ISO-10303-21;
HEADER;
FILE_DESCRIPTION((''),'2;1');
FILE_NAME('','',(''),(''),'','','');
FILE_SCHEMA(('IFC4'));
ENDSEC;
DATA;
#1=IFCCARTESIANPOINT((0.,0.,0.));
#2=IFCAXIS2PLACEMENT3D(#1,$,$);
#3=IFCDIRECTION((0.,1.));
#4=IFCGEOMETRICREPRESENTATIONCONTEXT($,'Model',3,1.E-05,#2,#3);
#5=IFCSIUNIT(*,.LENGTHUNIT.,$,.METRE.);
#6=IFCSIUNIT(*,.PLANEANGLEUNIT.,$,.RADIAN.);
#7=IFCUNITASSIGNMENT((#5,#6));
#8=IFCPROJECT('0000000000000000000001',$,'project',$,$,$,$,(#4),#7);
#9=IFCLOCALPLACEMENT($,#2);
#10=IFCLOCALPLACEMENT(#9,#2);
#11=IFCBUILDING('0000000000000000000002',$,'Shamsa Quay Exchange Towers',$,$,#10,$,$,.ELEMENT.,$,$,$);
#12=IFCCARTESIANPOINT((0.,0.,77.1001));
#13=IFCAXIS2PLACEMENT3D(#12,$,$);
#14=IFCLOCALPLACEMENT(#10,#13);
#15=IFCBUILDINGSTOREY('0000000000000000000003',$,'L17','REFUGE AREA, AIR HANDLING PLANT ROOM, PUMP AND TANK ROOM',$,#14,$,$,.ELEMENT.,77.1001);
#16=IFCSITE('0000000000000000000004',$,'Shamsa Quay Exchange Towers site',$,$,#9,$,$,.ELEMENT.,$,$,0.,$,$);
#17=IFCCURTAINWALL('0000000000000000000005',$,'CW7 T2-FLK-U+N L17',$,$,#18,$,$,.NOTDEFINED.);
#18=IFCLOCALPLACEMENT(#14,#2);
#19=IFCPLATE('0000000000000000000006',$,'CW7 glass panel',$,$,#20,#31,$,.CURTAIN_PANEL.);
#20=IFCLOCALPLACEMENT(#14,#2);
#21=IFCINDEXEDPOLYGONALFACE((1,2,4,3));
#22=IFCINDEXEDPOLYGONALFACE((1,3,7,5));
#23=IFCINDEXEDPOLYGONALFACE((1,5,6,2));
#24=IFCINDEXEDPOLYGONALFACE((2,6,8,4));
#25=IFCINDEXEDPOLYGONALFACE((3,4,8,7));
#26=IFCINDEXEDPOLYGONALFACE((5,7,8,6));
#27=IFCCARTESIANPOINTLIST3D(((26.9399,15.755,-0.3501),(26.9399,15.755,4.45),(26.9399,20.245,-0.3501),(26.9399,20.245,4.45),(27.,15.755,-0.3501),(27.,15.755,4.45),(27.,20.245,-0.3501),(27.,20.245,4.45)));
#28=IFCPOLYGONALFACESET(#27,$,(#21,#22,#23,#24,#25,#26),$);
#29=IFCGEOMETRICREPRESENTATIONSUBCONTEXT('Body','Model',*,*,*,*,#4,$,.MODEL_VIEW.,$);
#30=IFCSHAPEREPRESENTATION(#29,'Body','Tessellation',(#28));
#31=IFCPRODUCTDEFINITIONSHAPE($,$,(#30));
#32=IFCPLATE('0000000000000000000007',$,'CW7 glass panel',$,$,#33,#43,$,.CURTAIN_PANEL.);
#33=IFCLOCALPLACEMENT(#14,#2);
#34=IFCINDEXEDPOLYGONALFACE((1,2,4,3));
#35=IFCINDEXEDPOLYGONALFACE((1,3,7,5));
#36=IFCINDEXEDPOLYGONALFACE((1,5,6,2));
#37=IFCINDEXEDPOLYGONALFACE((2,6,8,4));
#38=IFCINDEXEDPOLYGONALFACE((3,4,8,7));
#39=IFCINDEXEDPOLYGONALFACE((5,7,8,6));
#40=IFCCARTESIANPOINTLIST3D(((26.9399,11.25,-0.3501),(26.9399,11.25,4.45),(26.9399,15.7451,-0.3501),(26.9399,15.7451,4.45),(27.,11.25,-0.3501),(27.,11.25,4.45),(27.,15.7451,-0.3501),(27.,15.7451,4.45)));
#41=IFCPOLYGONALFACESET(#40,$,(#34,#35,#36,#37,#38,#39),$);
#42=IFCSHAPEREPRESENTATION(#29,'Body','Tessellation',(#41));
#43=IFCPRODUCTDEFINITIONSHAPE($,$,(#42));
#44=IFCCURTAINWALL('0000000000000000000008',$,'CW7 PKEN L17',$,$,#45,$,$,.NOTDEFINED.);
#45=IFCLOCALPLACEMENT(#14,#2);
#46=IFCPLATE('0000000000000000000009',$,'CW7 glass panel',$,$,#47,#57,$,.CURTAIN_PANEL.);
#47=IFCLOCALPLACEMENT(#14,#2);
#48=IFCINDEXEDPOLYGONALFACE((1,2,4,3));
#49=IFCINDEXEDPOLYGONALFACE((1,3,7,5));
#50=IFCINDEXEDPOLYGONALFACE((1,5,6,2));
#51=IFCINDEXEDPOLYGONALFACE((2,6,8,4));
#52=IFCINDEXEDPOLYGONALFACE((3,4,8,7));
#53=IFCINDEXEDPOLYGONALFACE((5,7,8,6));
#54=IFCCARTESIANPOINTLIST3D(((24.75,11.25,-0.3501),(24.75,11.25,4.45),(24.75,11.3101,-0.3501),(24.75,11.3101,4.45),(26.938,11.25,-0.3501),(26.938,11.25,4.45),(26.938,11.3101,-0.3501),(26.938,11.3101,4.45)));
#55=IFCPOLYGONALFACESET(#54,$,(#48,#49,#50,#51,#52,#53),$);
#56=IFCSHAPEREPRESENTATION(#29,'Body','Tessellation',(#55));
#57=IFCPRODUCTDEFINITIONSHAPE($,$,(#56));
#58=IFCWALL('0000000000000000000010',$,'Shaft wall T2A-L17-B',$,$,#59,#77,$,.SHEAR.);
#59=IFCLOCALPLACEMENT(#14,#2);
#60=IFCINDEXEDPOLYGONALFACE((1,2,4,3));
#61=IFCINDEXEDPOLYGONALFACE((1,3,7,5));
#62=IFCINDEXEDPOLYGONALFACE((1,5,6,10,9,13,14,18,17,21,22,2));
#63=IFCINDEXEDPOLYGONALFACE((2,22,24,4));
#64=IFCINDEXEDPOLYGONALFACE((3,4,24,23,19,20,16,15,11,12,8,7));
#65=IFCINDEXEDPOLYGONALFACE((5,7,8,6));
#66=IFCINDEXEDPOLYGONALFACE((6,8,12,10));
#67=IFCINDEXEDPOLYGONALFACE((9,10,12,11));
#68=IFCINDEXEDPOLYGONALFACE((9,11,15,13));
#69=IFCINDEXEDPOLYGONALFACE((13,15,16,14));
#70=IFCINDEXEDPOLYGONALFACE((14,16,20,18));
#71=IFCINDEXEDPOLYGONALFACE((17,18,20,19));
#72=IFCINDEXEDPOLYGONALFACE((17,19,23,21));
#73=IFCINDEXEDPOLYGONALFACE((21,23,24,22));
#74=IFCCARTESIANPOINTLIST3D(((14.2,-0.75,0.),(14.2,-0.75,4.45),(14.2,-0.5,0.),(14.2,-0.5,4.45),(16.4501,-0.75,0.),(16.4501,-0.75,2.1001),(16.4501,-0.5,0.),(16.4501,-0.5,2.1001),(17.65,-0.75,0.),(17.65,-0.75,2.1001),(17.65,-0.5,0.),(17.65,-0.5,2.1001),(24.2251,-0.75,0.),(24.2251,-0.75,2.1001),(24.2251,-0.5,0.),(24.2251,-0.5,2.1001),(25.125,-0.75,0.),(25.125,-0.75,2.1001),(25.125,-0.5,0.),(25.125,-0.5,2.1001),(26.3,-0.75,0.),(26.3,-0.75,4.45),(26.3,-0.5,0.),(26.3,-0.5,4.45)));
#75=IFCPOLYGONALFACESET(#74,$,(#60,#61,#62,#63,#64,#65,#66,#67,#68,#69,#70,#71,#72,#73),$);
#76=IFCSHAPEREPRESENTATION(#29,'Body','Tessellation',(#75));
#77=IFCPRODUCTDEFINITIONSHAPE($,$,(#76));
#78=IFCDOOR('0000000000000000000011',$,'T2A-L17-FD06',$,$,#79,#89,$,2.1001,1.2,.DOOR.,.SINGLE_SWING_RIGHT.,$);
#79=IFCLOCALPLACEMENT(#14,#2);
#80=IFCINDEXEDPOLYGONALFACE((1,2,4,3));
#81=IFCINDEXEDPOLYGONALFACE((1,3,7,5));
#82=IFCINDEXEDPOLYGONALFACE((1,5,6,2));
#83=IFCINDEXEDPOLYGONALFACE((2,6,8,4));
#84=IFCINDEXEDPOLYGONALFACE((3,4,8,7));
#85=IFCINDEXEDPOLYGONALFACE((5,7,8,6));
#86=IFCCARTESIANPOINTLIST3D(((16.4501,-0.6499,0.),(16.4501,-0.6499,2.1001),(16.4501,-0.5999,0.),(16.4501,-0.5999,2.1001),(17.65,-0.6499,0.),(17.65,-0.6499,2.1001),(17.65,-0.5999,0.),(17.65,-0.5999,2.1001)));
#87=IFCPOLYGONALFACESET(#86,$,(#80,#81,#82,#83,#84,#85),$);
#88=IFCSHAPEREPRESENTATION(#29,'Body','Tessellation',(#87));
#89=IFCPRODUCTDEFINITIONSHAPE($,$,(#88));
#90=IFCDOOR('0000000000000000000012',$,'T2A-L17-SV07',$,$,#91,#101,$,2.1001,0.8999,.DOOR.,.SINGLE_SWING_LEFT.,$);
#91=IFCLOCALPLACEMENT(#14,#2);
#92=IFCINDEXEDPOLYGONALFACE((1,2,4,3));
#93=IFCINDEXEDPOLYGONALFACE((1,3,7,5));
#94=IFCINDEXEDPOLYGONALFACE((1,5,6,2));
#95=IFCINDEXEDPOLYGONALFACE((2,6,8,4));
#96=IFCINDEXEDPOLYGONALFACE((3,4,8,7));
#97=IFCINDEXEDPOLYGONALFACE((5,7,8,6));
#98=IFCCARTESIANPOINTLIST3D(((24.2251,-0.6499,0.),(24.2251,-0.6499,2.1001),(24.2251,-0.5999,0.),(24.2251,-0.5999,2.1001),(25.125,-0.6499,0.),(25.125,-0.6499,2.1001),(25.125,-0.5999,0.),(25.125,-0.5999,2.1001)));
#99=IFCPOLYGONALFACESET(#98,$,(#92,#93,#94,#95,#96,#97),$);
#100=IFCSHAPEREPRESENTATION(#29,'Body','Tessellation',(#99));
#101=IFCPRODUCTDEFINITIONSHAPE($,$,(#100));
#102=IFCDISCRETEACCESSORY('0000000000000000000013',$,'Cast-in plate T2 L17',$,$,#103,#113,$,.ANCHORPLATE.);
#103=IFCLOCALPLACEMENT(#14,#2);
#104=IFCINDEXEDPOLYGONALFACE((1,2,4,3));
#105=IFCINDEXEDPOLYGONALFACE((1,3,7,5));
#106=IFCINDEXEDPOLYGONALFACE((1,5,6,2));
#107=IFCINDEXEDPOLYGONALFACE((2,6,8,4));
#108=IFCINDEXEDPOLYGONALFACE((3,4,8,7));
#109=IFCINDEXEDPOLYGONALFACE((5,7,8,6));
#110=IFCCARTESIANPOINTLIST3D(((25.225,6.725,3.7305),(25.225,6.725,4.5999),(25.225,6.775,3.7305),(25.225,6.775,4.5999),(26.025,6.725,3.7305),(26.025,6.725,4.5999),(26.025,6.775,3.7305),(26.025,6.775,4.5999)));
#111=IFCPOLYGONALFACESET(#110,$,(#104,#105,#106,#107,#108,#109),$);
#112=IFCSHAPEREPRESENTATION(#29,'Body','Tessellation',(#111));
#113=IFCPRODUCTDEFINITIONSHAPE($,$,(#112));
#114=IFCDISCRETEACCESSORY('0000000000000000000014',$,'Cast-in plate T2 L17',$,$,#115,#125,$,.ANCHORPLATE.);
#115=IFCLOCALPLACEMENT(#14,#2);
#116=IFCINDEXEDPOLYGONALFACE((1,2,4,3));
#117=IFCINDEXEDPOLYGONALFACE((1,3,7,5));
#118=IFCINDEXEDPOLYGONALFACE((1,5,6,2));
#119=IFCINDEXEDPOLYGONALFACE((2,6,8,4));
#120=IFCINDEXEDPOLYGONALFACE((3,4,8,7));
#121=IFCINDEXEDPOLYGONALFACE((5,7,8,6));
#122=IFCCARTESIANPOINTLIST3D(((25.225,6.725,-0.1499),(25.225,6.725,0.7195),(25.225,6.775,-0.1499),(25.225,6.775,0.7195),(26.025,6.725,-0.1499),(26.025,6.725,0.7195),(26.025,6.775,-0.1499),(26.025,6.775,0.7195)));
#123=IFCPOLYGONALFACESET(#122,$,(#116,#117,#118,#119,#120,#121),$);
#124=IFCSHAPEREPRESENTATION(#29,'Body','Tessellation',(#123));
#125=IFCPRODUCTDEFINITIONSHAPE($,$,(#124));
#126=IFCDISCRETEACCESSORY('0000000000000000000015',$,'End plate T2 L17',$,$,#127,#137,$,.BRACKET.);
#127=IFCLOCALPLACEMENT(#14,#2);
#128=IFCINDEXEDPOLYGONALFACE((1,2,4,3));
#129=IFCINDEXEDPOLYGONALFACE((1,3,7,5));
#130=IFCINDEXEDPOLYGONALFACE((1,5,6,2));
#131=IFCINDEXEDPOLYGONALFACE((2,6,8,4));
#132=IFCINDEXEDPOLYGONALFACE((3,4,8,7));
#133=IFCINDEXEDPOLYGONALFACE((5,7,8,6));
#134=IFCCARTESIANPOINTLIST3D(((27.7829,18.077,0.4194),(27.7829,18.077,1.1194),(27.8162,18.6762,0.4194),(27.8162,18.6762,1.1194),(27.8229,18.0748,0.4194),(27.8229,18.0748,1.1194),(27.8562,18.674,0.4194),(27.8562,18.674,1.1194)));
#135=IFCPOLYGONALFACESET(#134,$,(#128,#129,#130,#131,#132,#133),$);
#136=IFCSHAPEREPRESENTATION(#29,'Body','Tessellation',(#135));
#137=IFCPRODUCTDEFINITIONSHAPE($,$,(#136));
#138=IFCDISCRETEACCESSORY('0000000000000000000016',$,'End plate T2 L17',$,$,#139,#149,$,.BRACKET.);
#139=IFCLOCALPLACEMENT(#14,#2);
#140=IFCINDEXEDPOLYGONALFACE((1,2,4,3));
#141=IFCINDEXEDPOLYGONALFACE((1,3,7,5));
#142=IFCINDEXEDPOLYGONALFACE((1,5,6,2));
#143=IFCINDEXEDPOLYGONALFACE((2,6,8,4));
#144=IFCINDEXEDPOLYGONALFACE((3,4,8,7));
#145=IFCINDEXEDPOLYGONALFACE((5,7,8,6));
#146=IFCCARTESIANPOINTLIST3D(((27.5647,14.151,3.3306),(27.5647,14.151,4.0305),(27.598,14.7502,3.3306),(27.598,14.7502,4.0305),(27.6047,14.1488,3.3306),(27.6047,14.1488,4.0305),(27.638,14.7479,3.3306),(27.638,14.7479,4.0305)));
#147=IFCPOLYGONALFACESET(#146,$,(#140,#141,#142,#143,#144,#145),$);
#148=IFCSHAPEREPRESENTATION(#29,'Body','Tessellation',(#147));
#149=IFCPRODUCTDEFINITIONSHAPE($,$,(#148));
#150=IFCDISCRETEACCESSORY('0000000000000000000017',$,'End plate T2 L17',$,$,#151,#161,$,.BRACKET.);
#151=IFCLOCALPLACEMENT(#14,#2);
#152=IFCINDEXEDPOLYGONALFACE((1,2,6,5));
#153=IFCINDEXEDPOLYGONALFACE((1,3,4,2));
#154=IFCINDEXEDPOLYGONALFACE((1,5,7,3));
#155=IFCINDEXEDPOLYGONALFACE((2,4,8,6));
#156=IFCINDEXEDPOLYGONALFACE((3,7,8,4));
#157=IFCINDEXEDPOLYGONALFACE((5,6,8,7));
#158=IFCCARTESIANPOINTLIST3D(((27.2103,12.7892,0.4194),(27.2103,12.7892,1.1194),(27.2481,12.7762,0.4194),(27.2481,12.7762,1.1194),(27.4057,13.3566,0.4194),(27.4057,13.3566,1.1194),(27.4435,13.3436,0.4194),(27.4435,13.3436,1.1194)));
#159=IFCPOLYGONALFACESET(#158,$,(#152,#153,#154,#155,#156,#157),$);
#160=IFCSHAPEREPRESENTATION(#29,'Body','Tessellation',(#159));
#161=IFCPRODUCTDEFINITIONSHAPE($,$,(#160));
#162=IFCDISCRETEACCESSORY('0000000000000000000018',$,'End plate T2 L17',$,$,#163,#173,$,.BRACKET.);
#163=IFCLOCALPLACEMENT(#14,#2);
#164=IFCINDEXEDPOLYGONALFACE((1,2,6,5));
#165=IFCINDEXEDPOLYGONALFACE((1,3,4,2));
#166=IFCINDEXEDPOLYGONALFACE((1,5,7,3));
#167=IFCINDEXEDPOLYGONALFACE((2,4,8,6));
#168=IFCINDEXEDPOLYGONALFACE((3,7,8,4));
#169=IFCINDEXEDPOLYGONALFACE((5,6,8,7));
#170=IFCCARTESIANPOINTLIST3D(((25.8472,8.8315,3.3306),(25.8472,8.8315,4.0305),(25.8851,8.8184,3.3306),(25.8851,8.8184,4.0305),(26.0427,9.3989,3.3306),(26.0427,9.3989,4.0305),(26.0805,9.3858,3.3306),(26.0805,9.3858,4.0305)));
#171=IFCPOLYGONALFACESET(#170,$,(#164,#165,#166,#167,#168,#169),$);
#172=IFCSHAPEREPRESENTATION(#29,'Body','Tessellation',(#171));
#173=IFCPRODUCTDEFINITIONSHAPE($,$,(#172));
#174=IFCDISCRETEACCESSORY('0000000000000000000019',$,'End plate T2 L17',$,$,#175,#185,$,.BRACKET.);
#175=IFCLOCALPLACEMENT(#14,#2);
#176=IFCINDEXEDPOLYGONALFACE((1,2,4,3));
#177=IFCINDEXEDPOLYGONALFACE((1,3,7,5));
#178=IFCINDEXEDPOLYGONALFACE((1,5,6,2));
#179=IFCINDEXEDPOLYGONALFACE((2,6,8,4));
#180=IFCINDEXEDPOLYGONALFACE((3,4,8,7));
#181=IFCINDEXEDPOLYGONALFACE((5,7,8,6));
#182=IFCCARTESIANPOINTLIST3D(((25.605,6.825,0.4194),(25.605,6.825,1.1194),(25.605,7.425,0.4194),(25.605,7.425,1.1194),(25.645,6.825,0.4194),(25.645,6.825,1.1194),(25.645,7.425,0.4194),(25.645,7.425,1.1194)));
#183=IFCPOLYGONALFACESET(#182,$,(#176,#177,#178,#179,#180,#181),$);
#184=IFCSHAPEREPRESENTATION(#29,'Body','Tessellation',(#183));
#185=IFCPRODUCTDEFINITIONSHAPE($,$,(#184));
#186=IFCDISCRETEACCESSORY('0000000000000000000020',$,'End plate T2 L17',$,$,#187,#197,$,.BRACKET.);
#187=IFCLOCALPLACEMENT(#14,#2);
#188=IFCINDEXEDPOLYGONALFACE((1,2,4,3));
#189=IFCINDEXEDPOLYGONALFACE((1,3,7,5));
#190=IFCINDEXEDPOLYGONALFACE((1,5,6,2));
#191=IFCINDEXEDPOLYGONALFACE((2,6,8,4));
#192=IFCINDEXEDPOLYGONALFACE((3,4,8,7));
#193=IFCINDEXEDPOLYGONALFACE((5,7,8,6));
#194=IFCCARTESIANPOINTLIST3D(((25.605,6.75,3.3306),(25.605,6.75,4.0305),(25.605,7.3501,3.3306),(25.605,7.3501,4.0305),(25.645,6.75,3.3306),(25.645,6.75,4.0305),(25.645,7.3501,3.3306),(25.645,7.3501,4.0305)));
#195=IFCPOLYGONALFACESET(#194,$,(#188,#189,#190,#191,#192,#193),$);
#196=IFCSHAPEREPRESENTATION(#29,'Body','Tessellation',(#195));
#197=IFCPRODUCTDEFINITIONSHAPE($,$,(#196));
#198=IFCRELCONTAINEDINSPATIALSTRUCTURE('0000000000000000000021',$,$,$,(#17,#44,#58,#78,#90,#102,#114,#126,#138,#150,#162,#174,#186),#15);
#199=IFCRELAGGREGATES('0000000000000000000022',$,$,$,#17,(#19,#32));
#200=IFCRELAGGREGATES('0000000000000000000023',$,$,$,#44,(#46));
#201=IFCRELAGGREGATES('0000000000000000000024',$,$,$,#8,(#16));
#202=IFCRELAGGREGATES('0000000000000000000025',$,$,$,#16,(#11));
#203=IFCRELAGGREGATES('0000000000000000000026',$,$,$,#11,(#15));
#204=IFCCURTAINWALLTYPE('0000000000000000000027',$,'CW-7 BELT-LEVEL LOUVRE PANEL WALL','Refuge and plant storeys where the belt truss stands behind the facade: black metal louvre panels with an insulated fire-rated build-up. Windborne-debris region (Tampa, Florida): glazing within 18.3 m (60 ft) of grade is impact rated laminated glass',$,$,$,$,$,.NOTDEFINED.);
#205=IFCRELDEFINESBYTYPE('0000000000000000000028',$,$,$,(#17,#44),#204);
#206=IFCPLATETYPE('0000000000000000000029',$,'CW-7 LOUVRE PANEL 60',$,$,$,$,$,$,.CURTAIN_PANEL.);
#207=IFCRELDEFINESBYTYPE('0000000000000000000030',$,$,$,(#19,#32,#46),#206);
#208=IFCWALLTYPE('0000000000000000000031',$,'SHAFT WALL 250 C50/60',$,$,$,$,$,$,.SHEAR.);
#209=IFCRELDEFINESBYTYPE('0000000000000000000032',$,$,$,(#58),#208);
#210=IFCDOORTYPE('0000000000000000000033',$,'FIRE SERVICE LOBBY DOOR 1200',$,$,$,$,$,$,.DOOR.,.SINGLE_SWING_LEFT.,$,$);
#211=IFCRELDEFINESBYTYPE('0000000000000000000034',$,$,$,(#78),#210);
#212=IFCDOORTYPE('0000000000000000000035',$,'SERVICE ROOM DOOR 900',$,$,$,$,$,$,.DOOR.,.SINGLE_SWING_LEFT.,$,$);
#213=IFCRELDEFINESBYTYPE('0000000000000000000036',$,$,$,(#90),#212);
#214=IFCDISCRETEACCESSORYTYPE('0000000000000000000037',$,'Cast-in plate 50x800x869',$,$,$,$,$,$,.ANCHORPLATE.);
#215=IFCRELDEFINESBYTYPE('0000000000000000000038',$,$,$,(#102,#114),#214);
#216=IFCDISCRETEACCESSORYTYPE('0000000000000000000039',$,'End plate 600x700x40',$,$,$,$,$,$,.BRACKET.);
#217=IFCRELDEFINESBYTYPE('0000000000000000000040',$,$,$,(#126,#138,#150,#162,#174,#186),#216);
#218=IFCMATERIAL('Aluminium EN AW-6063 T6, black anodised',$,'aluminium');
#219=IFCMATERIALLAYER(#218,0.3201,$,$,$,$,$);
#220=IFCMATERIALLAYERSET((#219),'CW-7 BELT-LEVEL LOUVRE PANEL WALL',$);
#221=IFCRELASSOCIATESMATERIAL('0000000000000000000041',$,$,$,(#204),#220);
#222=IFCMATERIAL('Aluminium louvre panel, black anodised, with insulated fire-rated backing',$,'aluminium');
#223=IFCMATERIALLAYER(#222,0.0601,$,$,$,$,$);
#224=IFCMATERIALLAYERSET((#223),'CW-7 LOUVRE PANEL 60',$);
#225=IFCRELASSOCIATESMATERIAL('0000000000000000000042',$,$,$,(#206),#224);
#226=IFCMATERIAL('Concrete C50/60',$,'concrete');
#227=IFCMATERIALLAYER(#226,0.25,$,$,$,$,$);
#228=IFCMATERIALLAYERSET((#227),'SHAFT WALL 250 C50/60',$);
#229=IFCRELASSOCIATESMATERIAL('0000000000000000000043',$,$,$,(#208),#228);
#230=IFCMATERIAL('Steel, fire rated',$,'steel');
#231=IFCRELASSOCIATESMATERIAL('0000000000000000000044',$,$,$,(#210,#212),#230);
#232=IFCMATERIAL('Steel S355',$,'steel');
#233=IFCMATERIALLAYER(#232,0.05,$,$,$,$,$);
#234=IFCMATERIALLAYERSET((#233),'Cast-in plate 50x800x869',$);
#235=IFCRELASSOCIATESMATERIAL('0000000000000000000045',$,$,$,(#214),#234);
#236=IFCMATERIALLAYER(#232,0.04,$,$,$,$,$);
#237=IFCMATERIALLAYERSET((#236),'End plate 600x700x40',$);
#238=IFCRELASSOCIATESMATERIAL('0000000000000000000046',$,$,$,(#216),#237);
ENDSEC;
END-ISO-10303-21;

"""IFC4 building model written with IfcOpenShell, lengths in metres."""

from ifc_helpers import new_model, si_unit, direction, frame, frame_2d, origin, origin_2d, place, context, subcontext, project, spatial, rectangle, extrude, material, layer, layer_set, type_object, element, fill, aggregate, save


model = new_model("IFC4")

# Units and contexts
model_context = context("Model", 3, precision=1e-05, world=origin(), true_north=direction((0.0, 1.0)))
body_context = subcontext(model_context, "Body", "Model", "MODEL_VIEW")
ifc_project = project(units=[si_unit("LENGTHUNIT", "METRE"), si_unit("PLANEANGLEUNIT", "RADIAN")], contexts=[model_context])

# Site, building, storey
site_placement = place(None, origin())
site = spatial("IfcSite", under=ifc_project, at=site_placement, Name="Shamsa Quay Exchange Towers site", CompositionType="ELEMENT", RefElevation=0.0)
building_placement = place(site_placement, origin())
building = spatial("IfcBuilding", under=site, at=building_placement, Name="Shamsa Quay Exchange Towers", CompositionType="ELEMENT")
storey_placement = place(building_placement, frame((0.0, 0.0, 77.1001)))
storey = spatial("IfcBuildingStorey", under=building, at=storey_placement, Name="L17", Description="REFUGE AREA, AIR HANDLING PLANT ROOM, PUMP AND TANK ROOM", CompositionType="ELEMENT", Elevation=77.1001)

# Shared definitions
ifc_material_1 = material(Name="Steel S355", Category="steel")

# Curtain wall, plates
ifc_material_2 = material(Name="Aluminium EN AW-6063 T6, black anodised", Category="aluminium")
ifc_layer_1 = layer(ifc_material_2, 0.3201)
ifc_layer_set_1 = layer_set([ifc_layer_1], Name="CW-7 BELT-LEVEL LOUVRE PANEL WALL")
curtain_wall_type = type_object("IfcCurtainWallType", Name="CW-7 BELT-LEVEL LOUVRE PANEL WALL", Description="Refuge and plant storeys where the belt truss stands behind the facade: black metal louvre panels with an insulated fire-rated build-up. Windborne-debris region (Tampa, Florida): glazing within 18.3 m (60 ft) of grade is impact rated laminated glass", PredefinedType="NOTDEFINED", material=ifc_layer_set_1)
curtain_wall_1_placement = place(storey_placement, origin())
curtain_wall_1 = element("IfcCurtainWall", 1, at=curtain_wall_1_placement, inside=storey, type_object=curtain_wall_type, Name="CW7 T2-FLK-U+N L17", PredefinedType="NOTDEFINED")
ifc_material_3 = material(Name="Aluminium louvre panel, black anodised, with insulated fire-rated backing", Category="aluminium")
ifc_layer_2 = layer(ifc_material_3, 0.0601)
ifc_layer_set_2 = layer_set([ifc_layer_2], Name="CW-7 LOUVRE PANEL 60")
plate_type = type_object("IfcPlateType", Name="CW-7 LOUVRE PANEL 60", PredefinedType="CURTAIN_PANEL", material=ifc_layer_set_2)
plate_1_placement = place(storey_placement, frame((26.97, 18.0, -0.3501), z_axis=(0.0, 0.0, 1.0), x_axis=(0.0, -1.0, 0.0)))
plate_1 = element("IfcPlate", 2, at=plate_1_placement, type_object=plate_type, Name="CW7 glass panel", PredefinedType="CURTAIN_PANEL", context=body_context, shape_type="SweptSolid", body=[
    extrude(rectangle(XDim=4.49, YDim=0.0601, at=origin_2d()), origin(), (0.0, 0.0, 1.0), 4.8),
])
plate_2_placement = place(storey_placement, frame((26.97, 13.4976, -0.3501), z_axis=(0.0, 0.0, 1.0), x_axis=(0.0, -1.0, 0.0)))
plate_2 = element("IfcPlate", 3, at=plate_2_placement, type_object=plate_type, Name="CW7 glass panel", PredefinedType="CURTAIN_PANEL", context=body_context, shape_type="SweptSolid", body=[
    extrude(rectangle(XDim=4.4951, YDim=0.0601, at=origin_2d()), origin(), (0.0, 0.0, 1.0), 4.8),
])
aggregate(curtain_wall_1, [plate_1, plate_2])

# Curtain wall, plate
curtain_wall_2_placement = place(storey_placement, origin())
curtain_wall_2 = element("IfcCurtainWall", 4, at=curtain_wall_2_placement, inside=storey, type_object=curtain_wall_type, Name="CW7 PKEN L17", PredefinedType="NOTDEFINED")
plate_3_placement = place(storey_placement, frame((25.844, 11.28, -0.3501), z_axis=(0.0, 0.0, 1.0), x_axis=(-1.0, 0.0, 0.0)))
plate_3 = element("IfcPlate", 5, at=plate_3_placement, type_object=plate_type, Name="CW7 glass panel", PredefinedType="CURTAIN_PANEL", context=body_context, shape_type="SweptSolid", body=[
    extrude(rectangle(XDim=2.188, YDim=0.0601, at=origin_2d()), origin(), (0.0, 0.0, 1.0), 4.8),
])
aggregate(curtain_wall_2, [plate_3])

# Shared definitions
ifc_material_4 = material(Name="Steel, fire rated", Category="steel")

# Wall, openings, doors
ifc_material_5 = material(Name="Concrete C50/60", Category="concrete")
ifc_layer_3 = layer(ifc_material_5, 0.25)
ifc_layer_set_3 = layer_set([ifc_layer_3], Name="SHAFT WALL 250 C50/60")
wall_type_1 = type_object("IfcWallType", Name="SHAFT WALL 250 C50/60", PredefinedType="SHEAR", material=ifc_layer_set_3)
wall_1_placement = place(storey_placement, frame((26.3, -0.625, 0.0), z_axis=(0.0, 0.0, 1.0), x_axis=(-1.0, 0.0, 0.0)))
wall_1 = element("IfcWall", 6, at=wall_1_placement, inside=storey, type_object=wall_type_1, Name="Shaft wall T2A-L17-B", PredefinedType="SHEAR", context=body_context, shape_type="SweptSolid", body=[
    extrude(rectangle(XDim=12.1001, YDim=0.25, at=frame_2d((6.05, 0.0))), origin(), (0.0, 0.0, 1.0), 4.45),
])
opening_1_placement = place(wall_1_placement, frame((8.6499, 0.0, 0.0)))
opening_1 = element("IfcOpeningElement", 7, at=opening_1_placement, cuts=wall_1, PredefinedType="OPENING", context=body_context, shape_type="SweptSolid", body=[
    extrude(rectangle(XDim=1.2, YDim=2.1001, at=frame_2d((0.6001, 1.05))), frame((0.0, 0.135, 0.0), z_axis=(0.0, -1.0, 0.0), x_axis=(1.0, 0.0, 0.0)), (0.0, 0.0, 1.0), 0.27),
])
opening_2_placement = place(wall_1_placement, frame((1.175, 0.0, 0.0)))
opening_2 = element("IfcOpeningElement", 8, at=opening_2_placement, cuts=wall_1, PredefinedType="OPENING", context=body_context, shape_type="SweptSolid", body=[
    extrude(rectangle(XDim=0.8999, YDim=2.1001, at=frame_2d((0.45, 1.05))), frame((0.0, 0.135, 0.0), z_axis=(0.0, -1.0, 0.0), x_axis=(1.0, 0.0, 0.0)), (0.0, 0.0, 1.0), 0.27),
])
door_type_1 = type_object("IfcDoorType", Name="FIRE SERVICE LOBBY DOOR 1200", OperationType="SINGLE_SWING_LEFT", PredefinedType="DOOR", material=ifc_material_4)
door_1_placement = place(opening_1_placement, origin())
door_1 = element("IfcDoor", 9, at=door_1_placement, inside=storey, type_object=door_type_1, Name="T2A-L17-FD06", OperationType="SINGLE_SWING_RIGHT", OverallHeight=2.1001, OverallWidth=1.2, PredefinedType="DOOR", context=body_context, shape_type="SweptSolid", body=[
    extrude(rectangle(XDim=1.2, YDim=2.1001, at=frame_2d((0.6001, 1.05))), frame((0.0, 0.0249, 0.0), z_axis=(0.0, -1.0, 0.0), x_axis=(1.0, 0.0, 0.0)), (0.0, 0.0, 1.0), 0.05),
])
fill(opening_1, door_1)
door_type_2 = type_object("IfcDoorType", Name="SERVICE ROOM DOOR 900", OperationType="SINGLE_SWING_LEFT", PredefinedType="DOOR", material=ifc_material_4)
door_2_placement = place(opening_2_placement, origin())
door_2 = element("IfcDoor", 10, at=door_2_placement, inside=storey, type_object=door_type_2, Name="T2A-L17-SV07", OperationType="SINGLE_SWING_LEFT", OverallHeight=2.1001, OverallWidth=0.8999, PredefinedType="DOOR", context=body_context, shape_type="SweptSolid", body=[
    extrude(rectangle(XDim=0.8999, YDim=2.1001, at=frame_2d((0.45, 1.05))), frame((0.0, 0.0249, 0.0), z_axis=(0.0, -1.0, 0.0), x_axis=(1.0, 0.0, 0.0)), (0.0, 0.0, 1.0), 0.05),
])
fill(opening_2, door_2)

# Discrete accessories
ifc_layer_4 = layer(ifc_material_1, 0.05)
ifc_layer_set_4 = layer_set([ifc_layer_4], Name="Cast-in plate 50x800x869")
discrete_accessory_type_1 = type_object("IfcDiscreteAccessoryType", Name="Cast-in plate 50x800x869", PredefinedType="ANCHORPLATE", material=ifc_layer_set_4)
for number, where, z_axis, x_axis, name in (
    (11, (25.625, 6.75, 3.7305), (0.0, 0.0, 1.0), (0.0, -1.0, 0.0), "Cast-in plate T2 L17"),
    (12, (25.625, 6.75, -0.1499), (0.0, 0.0, 1.0), (0.0, -1.0, 0.0), "Cast-in plate T2 L17"),
):
    element("IfcDiscreteAccessory", number, at=place(storey_placement, frame(where, z_axis=z_axis, x_axis=x_axis)), inside=storey, type_object=discrete_accessory_type_1, Name=name, PredefinedType="ANCHORPLATE", context=body_context, shape_type="SweptSolid", body=[
        extrude(rectangle(XDim=0.05, YDim=0.8, at=origin_2d()), origin(), (0.0, 0.0, 1.0), 0.8694),
    ])
ifc_layer_5 = layer(ifc_material_1, 0.04)
ifc_layer_set_5 = layer_set([ifc_layer_5], Name="End plate 600x700x40")
discrete_accessory_type_2 = type_object("IfcDiscreteAccessoryType", Name="End plate 600x700x40", PredefinedType="BRACKET", material=ifc_layer_set_5)
for number, where, z_axis, x_axis, name in (
    (13, (27.8196, 18.3755, 0.4194), (0.0, 0.0, 1.0), (-0.05547, -0.99846, 0.0), "End plate T2 L17"),
    (14, (27.6013, 14.4495, 3.3306), (0.0, 0.0, 1.0), (-0.05547, -0.99846, 0.0), "End plate T2 L17"),
    (15, (27.3269, 13.0664, 0.4194), (0.0, 0.0, 1.0), (-0.325667, -0.945485, 0.0), "End plate T2 L17"),
    (16, (25.9639, 9.1086, 3.3306), (0.0, 0.0, 1.0), (-0.325667, -0.945485, 0.0), "End plate T2 L17"),
    (17, (25.625, 7.125, 0.4194), (0.0, 0.0, 1.0), (0.0, -1.0, 0.0), "End plate T2 L17"),
    (18, (25.625, 7.05, 3.3306), (0.0, 0.0, 1.0), (0.0, -1.0, 0.0), "End plate T2 L17"),
):
    element("IfcDiscreteAccessory", number, at=place(storey_placement, frame(where, z_axis=z_axis, x_axis=x_axis)), inside=storey, type_object=discrete_accessory_type_2, Name=name, PredefinedType="BRACKET", context=body_context, shape_type="SweptSolid", body=[
        extrude(rectangle(XDim=0.6001, YDim=0.04, at=origin_2d()), origin(), (0.0, 0.0, 1.0), 0.7),
    ])

save(model, "model.ifc")
